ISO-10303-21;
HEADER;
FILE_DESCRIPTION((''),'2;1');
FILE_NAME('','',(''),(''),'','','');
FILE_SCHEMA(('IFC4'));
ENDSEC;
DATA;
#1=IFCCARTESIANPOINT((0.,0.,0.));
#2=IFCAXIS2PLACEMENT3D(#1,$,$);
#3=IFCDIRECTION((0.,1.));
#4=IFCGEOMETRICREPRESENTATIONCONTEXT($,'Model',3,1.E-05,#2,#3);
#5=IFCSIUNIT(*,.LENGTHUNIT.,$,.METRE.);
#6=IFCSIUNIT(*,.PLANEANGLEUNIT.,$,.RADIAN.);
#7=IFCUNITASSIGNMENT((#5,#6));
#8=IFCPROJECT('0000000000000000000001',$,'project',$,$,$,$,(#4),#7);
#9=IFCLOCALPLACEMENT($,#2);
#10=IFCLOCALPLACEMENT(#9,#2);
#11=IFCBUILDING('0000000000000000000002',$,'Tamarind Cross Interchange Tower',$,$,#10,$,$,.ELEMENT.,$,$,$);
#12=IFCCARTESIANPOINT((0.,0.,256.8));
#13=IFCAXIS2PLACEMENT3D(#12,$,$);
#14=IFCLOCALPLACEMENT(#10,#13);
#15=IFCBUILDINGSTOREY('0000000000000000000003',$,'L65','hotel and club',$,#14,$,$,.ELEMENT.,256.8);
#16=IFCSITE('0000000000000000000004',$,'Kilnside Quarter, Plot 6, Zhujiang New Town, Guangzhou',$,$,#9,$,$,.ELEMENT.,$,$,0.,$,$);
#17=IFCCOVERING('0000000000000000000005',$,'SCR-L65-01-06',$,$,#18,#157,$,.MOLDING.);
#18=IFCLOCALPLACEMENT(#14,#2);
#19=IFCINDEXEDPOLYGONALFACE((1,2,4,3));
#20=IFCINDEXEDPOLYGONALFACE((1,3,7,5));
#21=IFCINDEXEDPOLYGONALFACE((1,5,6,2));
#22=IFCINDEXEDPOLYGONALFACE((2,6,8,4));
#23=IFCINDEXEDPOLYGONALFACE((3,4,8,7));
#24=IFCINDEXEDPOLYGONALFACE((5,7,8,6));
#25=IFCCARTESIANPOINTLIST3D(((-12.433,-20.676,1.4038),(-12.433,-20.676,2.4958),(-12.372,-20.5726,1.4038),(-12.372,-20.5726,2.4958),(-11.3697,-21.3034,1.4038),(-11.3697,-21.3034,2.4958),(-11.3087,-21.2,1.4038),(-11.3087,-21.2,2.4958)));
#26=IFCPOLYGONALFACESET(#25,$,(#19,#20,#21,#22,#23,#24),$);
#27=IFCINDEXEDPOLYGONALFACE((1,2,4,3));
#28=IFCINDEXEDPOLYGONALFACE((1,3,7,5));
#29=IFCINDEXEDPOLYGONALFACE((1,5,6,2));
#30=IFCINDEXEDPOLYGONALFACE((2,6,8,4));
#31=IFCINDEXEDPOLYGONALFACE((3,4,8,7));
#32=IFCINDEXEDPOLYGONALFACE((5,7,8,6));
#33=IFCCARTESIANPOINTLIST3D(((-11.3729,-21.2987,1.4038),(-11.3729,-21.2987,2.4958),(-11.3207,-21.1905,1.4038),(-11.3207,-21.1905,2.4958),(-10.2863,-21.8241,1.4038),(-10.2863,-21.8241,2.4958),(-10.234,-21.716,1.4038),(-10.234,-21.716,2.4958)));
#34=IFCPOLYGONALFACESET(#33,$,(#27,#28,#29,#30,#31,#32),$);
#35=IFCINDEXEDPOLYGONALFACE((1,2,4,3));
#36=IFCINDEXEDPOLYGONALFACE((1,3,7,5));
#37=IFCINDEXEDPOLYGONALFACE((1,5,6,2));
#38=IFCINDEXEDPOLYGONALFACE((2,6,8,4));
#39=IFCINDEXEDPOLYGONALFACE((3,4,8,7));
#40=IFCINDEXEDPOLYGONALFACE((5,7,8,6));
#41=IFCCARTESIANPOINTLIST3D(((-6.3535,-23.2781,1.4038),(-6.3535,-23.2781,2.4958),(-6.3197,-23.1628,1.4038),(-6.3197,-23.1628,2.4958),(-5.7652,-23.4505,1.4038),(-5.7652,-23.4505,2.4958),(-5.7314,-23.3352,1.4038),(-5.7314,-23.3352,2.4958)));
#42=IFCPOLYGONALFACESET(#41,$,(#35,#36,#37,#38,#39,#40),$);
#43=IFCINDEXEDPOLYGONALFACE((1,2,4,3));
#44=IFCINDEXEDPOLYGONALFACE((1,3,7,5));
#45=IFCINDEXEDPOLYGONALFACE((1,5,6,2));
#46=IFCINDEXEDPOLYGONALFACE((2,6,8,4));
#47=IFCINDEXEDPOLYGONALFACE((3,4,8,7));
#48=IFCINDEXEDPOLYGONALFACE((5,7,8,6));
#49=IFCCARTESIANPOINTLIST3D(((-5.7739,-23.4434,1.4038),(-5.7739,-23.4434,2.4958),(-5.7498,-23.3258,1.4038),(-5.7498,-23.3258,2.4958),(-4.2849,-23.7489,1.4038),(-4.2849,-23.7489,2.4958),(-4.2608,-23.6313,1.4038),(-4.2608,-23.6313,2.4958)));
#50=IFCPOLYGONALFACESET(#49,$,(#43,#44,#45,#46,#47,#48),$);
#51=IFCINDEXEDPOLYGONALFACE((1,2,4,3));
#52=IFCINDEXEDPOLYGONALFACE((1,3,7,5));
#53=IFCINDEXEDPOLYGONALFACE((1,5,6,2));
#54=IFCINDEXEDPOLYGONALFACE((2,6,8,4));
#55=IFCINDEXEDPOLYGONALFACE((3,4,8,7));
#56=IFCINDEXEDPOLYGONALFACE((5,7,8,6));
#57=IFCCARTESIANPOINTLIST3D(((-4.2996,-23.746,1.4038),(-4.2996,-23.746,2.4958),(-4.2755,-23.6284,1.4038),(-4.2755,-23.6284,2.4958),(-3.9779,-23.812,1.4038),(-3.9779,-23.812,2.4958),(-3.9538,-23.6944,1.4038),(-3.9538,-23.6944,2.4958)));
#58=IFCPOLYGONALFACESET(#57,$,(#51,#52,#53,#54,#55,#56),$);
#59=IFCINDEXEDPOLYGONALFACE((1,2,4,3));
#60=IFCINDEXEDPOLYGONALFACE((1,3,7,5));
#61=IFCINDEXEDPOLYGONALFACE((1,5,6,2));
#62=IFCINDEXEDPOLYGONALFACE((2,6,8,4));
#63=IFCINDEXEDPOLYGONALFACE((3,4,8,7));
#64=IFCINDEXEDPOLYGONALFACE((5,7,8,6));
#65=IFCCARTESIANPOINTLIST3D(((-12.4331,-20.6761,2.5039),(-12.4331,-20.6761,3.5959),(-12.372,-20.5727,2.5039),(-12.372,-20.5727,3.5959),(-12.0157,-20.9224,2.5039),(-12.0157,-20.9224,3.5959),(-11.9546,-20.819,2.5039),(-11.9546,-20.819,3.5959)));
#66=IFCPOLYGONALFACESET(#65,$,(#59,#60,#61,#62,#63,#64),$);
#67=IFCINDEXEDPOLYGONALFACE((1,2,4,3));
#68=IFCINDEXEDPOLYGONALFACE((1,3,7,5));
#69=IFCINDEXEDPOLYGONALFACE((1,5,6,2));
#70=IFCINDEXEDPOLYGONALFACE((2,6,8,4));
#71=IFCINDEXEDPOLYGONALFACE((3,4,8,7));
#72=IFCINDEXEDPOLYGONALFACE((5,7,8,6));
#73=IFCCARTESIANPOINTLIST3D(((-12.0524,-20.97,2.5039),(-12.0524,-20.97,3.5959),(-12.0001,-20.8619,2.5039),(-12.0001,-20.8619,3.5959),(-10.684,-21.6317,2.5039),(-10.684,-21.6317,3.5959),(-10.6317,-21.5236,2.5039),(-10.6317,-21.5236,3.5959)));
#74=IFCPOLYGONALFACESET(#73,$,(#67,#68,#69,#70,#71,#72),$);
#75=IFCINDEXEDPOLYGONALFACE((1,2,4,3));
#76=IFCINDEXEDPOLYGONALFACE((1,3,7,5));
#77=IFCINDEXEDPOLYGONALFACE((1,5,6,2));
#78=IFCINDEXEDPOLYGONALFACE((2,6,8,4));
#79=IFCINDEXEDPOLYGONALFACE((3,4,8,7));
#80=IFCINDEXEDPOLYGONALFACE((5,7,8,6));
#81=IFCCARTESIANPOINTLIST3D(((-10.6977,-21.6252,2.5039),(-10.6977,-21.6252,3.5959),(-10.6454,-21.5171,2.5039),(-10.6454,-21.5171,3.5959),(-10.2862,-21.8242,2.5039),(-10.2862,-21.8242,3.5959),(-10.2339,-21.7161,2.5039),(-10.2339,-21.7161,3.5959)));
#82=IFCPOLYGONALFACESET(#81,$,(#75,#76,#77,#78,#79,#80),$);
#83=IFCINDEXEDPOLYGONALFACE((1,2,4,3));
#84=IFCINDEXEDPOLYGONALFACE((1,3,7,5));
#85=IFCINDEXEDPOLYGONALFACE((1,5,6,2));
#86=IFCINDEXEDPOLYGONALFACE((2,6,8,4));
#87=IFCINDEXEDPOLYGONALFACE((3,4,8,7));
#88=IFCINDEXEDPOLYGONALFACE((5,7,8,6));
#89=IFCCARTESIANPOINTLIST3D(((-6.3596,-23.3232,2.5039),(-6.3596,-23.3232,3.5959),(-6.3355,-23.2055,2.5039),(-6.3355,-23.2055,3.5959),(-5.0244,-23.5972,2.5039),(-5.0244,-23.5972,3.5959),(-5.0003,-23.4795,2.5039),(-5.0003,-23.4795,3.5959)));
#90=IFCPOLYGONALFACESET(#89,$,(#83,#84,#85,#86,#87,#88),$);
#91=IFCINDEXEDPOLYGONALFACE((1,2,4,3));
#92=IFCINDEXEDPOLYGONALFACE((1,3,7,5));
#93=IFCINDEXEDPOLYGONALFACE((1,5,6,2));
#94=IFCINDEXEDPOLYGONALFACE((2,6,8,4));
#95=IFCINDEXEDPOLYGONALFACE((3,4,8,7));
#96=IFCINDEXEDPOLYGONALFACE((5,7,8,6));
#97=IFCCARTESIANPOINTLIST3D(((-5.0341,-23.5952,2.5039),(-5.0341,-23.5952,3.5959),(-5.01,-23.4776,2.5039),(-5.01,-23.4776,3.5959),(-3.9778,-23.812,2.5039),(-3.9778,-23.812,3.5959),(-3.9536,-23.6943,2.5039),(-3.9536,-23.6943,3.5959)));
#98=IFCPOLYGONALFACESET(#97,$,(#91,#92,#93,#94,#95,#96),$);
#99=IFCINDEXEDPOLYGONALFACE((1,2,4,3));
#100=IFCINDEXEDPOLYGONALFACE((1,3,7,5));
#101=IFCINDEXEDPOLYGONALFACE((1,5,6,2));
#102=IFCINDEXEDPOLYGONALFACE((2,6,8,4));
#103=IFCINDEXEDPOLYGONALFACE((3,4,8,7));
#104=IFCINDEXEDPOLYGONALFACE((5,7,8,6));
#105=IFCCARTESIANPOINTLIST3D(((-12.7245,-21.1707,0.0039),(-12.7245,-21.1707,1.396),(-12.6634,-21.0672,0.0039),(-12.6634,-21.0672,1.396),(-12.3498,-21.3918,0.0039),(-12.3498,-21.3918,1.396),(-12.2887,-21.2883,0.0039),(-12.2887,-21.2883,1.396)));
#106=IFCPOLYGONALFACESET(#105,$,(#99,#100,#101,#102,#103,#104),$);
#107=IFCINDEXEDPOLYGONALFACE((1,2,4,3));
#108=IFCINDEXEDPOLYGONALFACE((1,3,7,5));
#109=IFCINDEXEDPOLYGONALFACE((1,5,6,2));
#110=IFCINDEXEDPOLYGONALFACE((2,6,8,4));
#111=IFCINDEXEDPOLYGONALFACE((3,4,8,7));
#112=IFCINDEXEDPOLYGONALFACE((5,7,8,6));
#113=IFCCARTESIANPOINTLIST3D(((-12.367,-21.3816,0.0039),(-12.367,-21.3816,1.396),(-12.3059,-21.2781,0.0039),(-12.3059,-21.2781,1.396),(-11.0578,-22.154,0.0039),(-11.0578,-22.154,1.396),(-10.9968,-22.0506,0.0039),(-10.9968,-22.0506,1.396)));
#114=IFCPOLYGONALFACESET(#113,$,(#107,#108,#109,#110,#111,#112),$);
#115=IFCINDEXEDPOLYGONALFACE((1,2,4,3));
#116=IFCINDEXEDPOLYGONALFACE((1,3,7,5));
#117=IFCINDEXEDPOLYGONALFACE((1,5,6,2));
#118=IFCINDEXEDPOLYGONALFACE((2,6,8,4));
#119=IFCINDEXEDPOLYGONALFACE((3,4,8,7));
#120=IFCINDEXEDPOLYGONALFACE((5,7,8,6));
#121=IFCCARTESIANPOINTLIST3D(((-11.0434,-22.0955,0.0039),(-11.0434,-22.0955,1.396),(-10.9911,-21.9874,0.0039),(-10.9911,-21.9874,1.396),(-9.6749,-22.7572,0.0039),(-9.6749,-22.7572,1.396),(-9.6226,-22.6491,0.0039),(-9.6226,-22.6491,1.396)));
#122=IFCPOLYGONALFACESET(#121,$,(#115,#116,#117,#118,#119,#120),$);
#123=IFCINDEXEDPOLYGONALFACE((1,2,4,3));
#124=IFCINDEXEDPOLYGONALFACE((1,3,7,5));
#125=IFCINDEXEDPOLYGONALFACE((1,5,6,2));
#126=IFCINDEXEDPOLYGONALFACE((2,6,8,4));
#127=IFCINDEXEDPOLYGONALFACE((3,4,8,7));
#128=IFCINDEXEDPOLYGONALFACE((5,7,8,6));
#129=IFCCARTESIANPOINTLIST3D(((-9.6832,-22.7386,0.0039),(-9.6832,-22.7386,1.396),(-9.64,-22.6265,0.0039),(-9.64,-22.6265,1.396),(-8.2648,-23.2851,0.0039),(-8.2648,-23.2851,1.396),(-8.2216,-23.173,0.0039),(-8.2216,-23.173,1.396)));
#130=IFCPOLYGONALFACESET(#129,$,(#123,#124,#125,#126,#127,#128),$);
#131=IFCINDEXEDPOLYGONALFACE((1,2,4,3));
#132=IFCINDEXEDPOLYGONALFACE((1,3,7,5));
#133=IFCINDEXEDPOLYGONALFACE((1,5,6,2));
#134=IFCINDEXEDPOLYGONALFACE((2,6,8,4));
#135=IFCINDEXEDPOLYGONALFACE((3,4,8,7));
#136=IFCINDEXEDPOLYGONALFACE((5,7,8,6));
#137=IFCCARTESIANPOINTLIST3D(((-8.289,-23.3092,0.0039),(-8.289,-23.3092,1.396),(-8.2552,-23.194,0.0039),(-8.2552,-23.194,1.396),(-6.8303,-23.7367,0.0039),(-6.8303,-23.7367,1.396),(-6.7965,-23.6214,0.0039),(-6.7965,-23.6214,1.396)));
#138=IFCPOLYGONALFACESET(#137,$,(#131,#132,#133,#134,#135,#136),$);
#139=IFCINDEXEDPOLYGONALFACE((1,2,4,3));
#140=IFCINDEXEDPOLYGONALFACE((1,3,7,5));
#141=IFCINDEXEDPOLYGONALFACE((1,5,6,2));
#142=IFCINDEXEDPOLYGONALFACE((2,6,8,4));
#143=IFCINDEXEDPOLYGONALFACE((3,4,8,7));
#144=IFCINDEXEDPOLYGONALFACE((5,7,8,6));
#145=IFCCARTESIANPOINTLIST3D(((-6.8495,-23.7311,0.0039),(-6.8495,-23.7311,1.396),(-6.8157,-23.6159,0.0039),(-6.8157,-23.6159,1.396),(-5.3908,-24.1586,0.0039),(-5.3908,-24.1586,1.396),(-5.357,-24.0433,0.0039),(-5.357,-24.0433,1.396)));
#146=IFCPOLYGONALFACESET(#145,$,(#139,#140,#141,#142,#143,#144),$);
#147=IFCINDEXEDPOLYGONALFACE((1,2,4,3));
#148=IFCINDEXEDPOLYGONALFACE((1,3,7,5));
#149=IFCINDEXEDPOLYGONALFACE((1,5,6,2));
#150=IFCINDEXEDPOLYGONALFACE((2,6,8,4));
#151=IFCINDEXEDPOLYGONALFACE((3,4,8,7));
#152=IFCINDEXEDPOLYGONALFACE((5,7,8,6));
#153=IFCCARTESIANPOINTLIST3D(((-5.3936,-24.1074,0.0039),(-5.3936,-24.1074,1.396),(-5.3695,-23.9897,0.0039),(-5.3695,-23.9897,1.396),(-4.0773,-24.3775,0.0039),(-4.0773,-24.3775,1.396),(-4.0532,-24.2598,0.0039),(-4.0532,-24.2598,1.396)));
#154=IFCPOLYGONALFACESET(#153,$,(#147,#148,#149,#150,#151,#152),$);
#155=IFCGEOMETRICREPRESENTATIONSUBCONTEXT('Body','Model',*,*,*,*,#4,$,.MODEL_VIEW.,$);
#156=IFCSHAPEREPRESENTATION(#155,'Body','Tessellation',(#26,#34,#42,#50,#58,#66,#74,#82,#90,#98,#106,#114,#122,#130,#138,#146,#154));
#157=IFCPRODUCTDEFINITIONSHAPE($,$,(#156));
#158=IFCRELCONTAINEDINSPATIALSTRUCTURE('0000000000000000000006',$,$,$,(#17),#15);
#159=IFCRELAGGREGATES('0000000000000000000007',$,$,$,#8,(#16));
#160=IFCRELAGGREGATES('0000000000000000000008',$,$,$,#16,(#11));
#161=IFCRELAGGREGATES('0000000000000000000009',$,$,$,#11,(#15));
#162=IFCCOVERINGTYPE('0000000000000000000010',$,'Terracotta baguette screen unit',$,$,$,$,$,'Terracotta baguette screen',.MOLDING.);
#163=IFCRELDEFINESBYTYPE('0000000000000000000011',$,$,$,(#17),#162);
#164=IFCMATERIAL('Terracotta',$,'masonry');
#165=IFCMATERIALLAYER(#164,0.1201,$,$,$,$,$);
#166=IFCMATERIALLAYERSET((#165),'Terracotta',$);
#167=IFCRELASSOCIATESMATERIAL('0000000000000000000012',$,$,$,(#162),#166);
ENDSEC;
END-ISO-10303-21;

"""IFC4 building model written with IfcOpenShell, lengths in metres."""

from ifc_helpers import new_model, si_unit, direction, frame, origin, origin_2d, place, context, subcontext, project, spatial, rectangle, extrude, material, layer, layer_set, type_object, element, save


model = new_model("IFC4")

# Units and contexts
model_context = context("Model", 3, precision=1e-05, world=origin(), true_north=direction((0.0, 1.0)))
body_context = subcontext(model_context, "Body", "Model", "MODEL_VIEW")
ifc_project = project(units=[si_unit("LENGTHUNIT", "METRE"), si_unit("PLANEANGLEUNIT", "RADIAN")], contexts=[model_context])

# Site, building, storey
site_placement = place(None, origin())
site = spatial("IfcSite", under=ifc_project, at=site_placement, Name="Kilnside Quarter, Plot 6, Zhujiang New Town, Guangzhou", CompositionType="ELEMENT", RefElevation=0.0)
building_placement = place(site_placement, origin())
building = spatial("IfcBuilding", under=site, at=building_placement, Name="Tamarind Cross Interchange Tower", CompositionType="ELEMENT")
storey_placement = place(building_placement, frame((0.0, 0.0, 256.8)))
storey = spatial("IfcBuildingStorey", under=building, at=storey_placement, Name="L65", Description="hotel and club", CompositionType="ELEMENT", Elevation=256.8)

# Covering
ifc_material_1 = material(Name="Terracotta", Category="masonry")
ifc_layer_1 = layer(ifc_material_1, 0.1201)
ifc_layer_set_1 = layer_set([ifc_layer_1], Name="Terracotta")
covering_type = type_object("IfcCoveringType", Name="Terracotta baguette screen unit", ElementType="Terracotta baguette screen", PredefinedType="MOLDING", material=ifc_layer_set_1)
covering_1_placement = place(storey_placement, origin())
element("IfcCovering", 1, at=covering_1_placement, inside=storey, type_object=covering_type, Name="SCR-L65-01-06", PredefinedType="MOLDING", context=body_context, shape_type="SweptSolid", body=[
    extrude(rectangle(XDim=1.2346, YDim=0.1201, at=origin_2d()), frame((-11.8708, -20.938, 1.4038), z_axis=(0.0, 0.0, 1.0), x_axis=(0.861249, -0.508183, 0.0)), (0.0, 0.0, 1.0), 1.092),
    extrude(rectangle(XDim=1.207, YDim=0.1201, at=origin_2d()), frame((-10.8035, -21.5073, 1.4038), z_axis=(0.0, 0.0, 1.0), x_axis=(0.900273, -0.435326, 0.0)), (0.0, 0.0, 1.0), 1.092),
    extrude(rectangle(XDim=0.613, YDim=0.1201, at=origin_2d()), frame((-6.0425, -23.3066, 1.4038), z_axis=(0.0, 0.0, 1.0), x_axis=(0.959647, -0.281209, 0.0)), (0.0, 0.0, 1.0), 1.092),
    extrude(rectangle(XDim=1.52, YDim=0.1201, at=origin_2d()), frame((-5.0173, -23.5374, 1.4038), z_axis=(0.0, 0.0, 1.0), x_axis=(0.979591, -0.201001, 0.0)), (0.0, 0.0, 1.0), 1.092),
    extrude(rectangle(XDim=0.3284, YDim=0.1201, at=origin_2d()), frame((-4.1267, -23.7202, 1.4038), z_axis=(0.0, 0.0, 1.0), x_axis=(0.979591, -0.201001, 0.0)), (0.0, 0.0, 1.0), 1.092),
    extrude(rectangle(XDim=0.4846, YDim=0.1201, at=origin_2d()), frame((-12.1938, -20.7476, 2.5039), z_axis=(0.0, 0.0, 1.0), x_axis=(0.861249, -0.508183, 0.0)), (0.0, 0.0, 1.0), 1.092),
    extrude(rectangle(XDim=1.52, YDim=0.1201, at=origin_2d()), frame((-11.342, -21.2468, 2.5039), z_axis=(0.0, 0.0, 1.0), x_axis=(0.900273, -0.435326, 0.0)), (0.0, 0.0, 1.0), 1.092),
    extrude(rectangle(XDim=0.457, YDim=0.1201, at=origin_2d()), frame((-10.4658, -21.6707, 2.5039), z_axis=(0.0, 0.0, 1.0), x_axis=(0.900273, -0.435326, 0.0)), (0.0, 0.0, 1.0), 1.092),
    extrude(rectangle(XDim=1.363, YDim=0.1201, at=origin_2d()), frame((-5.6799, -23.4014, 2.5039), z_axis=(0.0, 0.0, 1.0), x_axis=(0.979591, -0.201001, 0.0)), (0.0, 0.0, 1.0), 1.092),
    extrude(rectangle(XDim=1.0784, YDim=0.1201, at=origin_2d()), frame((-4.4939, -23.6448, 2.5039), z_axis=(0.0, 0.0, 1.0), x_axis=(0.979591, -0.201001, 0.0)), (0.0, 0.0, 1.0), 1.092),
    extrude(rectangle(XDim=0.4351, YDim=0.1201, at=origin_2d()), frame((-12.5066, -21.2295, 0.0039), z_axis=(0.0, 0.0, 1.0), x_axis=(0.861249, -0.508183, 0.0)), (0.0, 0.0, 1.0), 1.3921),
    extrude(rectangle(XDim=1.52, YDim=0.1201, at=origin_2d()), frame((-11.6819, -21.7161, 0.0039), z_axis=(0.0, 0.0, 1.0), x_axis=(0.861249, -0.508183, 0.0)), (0.0, 0.0, 1.0), 1.3921),
    extrude(rectangle(XDim=1.52, YDim=0.1201, at=origin_2d()), frame((-10.333, -22.3723, 0.0039), z_axis=(0.0, 0.0, 1.0), x_axis=(0.900273, -0.435326, 0.0)), (0.0, 0.0, 1.0), 1.3921),
    extrude(rectangle(XDim=1.52, YDim=0.1201, at=origin_2d()), frame((-8.9524, -22.9558, 0.0039), z_axis=(0.0, 0.0, 1.0), x_axis=(0.933147, -0.359495, 0.0)), (0.0, 0.0, 1.0), 1.3921),
    extrude(rectangle(XDim=1.52, YDim=0.1201, at=origin_2d()), frame((-7.5427, -23.4653, 0.0039), z_axis=(0.0, 0.0, 1.0), x_axis=(0.959647, -0.281209, 0.0)), (0.0, 0.0, 1.0), 1.3921),
    extrude(rectangle(XDim=1.52, YDim=0.1201, at=origin_2d()), frame((-6.1033, -23.8872, 0.0039), z_axis=(0.0, 0.0, 1.0), x_axis=(0.959647, -0.281209, 0.0)), (0.0, 0.0, 1.0), 1.3921),
    extrude(rectangle(XDim=1.3438, YDim=0.1201, at=origin_2d()), frame((-4.7234, -24.1836, 0.0039), z_axis=(0.0, 0.0, 1.0), x_axis=(0.979591, -0.201001, 0.0)), (0.0, 0.0, 1.0), 1.3921),
])

save(model, "model.ifc")
